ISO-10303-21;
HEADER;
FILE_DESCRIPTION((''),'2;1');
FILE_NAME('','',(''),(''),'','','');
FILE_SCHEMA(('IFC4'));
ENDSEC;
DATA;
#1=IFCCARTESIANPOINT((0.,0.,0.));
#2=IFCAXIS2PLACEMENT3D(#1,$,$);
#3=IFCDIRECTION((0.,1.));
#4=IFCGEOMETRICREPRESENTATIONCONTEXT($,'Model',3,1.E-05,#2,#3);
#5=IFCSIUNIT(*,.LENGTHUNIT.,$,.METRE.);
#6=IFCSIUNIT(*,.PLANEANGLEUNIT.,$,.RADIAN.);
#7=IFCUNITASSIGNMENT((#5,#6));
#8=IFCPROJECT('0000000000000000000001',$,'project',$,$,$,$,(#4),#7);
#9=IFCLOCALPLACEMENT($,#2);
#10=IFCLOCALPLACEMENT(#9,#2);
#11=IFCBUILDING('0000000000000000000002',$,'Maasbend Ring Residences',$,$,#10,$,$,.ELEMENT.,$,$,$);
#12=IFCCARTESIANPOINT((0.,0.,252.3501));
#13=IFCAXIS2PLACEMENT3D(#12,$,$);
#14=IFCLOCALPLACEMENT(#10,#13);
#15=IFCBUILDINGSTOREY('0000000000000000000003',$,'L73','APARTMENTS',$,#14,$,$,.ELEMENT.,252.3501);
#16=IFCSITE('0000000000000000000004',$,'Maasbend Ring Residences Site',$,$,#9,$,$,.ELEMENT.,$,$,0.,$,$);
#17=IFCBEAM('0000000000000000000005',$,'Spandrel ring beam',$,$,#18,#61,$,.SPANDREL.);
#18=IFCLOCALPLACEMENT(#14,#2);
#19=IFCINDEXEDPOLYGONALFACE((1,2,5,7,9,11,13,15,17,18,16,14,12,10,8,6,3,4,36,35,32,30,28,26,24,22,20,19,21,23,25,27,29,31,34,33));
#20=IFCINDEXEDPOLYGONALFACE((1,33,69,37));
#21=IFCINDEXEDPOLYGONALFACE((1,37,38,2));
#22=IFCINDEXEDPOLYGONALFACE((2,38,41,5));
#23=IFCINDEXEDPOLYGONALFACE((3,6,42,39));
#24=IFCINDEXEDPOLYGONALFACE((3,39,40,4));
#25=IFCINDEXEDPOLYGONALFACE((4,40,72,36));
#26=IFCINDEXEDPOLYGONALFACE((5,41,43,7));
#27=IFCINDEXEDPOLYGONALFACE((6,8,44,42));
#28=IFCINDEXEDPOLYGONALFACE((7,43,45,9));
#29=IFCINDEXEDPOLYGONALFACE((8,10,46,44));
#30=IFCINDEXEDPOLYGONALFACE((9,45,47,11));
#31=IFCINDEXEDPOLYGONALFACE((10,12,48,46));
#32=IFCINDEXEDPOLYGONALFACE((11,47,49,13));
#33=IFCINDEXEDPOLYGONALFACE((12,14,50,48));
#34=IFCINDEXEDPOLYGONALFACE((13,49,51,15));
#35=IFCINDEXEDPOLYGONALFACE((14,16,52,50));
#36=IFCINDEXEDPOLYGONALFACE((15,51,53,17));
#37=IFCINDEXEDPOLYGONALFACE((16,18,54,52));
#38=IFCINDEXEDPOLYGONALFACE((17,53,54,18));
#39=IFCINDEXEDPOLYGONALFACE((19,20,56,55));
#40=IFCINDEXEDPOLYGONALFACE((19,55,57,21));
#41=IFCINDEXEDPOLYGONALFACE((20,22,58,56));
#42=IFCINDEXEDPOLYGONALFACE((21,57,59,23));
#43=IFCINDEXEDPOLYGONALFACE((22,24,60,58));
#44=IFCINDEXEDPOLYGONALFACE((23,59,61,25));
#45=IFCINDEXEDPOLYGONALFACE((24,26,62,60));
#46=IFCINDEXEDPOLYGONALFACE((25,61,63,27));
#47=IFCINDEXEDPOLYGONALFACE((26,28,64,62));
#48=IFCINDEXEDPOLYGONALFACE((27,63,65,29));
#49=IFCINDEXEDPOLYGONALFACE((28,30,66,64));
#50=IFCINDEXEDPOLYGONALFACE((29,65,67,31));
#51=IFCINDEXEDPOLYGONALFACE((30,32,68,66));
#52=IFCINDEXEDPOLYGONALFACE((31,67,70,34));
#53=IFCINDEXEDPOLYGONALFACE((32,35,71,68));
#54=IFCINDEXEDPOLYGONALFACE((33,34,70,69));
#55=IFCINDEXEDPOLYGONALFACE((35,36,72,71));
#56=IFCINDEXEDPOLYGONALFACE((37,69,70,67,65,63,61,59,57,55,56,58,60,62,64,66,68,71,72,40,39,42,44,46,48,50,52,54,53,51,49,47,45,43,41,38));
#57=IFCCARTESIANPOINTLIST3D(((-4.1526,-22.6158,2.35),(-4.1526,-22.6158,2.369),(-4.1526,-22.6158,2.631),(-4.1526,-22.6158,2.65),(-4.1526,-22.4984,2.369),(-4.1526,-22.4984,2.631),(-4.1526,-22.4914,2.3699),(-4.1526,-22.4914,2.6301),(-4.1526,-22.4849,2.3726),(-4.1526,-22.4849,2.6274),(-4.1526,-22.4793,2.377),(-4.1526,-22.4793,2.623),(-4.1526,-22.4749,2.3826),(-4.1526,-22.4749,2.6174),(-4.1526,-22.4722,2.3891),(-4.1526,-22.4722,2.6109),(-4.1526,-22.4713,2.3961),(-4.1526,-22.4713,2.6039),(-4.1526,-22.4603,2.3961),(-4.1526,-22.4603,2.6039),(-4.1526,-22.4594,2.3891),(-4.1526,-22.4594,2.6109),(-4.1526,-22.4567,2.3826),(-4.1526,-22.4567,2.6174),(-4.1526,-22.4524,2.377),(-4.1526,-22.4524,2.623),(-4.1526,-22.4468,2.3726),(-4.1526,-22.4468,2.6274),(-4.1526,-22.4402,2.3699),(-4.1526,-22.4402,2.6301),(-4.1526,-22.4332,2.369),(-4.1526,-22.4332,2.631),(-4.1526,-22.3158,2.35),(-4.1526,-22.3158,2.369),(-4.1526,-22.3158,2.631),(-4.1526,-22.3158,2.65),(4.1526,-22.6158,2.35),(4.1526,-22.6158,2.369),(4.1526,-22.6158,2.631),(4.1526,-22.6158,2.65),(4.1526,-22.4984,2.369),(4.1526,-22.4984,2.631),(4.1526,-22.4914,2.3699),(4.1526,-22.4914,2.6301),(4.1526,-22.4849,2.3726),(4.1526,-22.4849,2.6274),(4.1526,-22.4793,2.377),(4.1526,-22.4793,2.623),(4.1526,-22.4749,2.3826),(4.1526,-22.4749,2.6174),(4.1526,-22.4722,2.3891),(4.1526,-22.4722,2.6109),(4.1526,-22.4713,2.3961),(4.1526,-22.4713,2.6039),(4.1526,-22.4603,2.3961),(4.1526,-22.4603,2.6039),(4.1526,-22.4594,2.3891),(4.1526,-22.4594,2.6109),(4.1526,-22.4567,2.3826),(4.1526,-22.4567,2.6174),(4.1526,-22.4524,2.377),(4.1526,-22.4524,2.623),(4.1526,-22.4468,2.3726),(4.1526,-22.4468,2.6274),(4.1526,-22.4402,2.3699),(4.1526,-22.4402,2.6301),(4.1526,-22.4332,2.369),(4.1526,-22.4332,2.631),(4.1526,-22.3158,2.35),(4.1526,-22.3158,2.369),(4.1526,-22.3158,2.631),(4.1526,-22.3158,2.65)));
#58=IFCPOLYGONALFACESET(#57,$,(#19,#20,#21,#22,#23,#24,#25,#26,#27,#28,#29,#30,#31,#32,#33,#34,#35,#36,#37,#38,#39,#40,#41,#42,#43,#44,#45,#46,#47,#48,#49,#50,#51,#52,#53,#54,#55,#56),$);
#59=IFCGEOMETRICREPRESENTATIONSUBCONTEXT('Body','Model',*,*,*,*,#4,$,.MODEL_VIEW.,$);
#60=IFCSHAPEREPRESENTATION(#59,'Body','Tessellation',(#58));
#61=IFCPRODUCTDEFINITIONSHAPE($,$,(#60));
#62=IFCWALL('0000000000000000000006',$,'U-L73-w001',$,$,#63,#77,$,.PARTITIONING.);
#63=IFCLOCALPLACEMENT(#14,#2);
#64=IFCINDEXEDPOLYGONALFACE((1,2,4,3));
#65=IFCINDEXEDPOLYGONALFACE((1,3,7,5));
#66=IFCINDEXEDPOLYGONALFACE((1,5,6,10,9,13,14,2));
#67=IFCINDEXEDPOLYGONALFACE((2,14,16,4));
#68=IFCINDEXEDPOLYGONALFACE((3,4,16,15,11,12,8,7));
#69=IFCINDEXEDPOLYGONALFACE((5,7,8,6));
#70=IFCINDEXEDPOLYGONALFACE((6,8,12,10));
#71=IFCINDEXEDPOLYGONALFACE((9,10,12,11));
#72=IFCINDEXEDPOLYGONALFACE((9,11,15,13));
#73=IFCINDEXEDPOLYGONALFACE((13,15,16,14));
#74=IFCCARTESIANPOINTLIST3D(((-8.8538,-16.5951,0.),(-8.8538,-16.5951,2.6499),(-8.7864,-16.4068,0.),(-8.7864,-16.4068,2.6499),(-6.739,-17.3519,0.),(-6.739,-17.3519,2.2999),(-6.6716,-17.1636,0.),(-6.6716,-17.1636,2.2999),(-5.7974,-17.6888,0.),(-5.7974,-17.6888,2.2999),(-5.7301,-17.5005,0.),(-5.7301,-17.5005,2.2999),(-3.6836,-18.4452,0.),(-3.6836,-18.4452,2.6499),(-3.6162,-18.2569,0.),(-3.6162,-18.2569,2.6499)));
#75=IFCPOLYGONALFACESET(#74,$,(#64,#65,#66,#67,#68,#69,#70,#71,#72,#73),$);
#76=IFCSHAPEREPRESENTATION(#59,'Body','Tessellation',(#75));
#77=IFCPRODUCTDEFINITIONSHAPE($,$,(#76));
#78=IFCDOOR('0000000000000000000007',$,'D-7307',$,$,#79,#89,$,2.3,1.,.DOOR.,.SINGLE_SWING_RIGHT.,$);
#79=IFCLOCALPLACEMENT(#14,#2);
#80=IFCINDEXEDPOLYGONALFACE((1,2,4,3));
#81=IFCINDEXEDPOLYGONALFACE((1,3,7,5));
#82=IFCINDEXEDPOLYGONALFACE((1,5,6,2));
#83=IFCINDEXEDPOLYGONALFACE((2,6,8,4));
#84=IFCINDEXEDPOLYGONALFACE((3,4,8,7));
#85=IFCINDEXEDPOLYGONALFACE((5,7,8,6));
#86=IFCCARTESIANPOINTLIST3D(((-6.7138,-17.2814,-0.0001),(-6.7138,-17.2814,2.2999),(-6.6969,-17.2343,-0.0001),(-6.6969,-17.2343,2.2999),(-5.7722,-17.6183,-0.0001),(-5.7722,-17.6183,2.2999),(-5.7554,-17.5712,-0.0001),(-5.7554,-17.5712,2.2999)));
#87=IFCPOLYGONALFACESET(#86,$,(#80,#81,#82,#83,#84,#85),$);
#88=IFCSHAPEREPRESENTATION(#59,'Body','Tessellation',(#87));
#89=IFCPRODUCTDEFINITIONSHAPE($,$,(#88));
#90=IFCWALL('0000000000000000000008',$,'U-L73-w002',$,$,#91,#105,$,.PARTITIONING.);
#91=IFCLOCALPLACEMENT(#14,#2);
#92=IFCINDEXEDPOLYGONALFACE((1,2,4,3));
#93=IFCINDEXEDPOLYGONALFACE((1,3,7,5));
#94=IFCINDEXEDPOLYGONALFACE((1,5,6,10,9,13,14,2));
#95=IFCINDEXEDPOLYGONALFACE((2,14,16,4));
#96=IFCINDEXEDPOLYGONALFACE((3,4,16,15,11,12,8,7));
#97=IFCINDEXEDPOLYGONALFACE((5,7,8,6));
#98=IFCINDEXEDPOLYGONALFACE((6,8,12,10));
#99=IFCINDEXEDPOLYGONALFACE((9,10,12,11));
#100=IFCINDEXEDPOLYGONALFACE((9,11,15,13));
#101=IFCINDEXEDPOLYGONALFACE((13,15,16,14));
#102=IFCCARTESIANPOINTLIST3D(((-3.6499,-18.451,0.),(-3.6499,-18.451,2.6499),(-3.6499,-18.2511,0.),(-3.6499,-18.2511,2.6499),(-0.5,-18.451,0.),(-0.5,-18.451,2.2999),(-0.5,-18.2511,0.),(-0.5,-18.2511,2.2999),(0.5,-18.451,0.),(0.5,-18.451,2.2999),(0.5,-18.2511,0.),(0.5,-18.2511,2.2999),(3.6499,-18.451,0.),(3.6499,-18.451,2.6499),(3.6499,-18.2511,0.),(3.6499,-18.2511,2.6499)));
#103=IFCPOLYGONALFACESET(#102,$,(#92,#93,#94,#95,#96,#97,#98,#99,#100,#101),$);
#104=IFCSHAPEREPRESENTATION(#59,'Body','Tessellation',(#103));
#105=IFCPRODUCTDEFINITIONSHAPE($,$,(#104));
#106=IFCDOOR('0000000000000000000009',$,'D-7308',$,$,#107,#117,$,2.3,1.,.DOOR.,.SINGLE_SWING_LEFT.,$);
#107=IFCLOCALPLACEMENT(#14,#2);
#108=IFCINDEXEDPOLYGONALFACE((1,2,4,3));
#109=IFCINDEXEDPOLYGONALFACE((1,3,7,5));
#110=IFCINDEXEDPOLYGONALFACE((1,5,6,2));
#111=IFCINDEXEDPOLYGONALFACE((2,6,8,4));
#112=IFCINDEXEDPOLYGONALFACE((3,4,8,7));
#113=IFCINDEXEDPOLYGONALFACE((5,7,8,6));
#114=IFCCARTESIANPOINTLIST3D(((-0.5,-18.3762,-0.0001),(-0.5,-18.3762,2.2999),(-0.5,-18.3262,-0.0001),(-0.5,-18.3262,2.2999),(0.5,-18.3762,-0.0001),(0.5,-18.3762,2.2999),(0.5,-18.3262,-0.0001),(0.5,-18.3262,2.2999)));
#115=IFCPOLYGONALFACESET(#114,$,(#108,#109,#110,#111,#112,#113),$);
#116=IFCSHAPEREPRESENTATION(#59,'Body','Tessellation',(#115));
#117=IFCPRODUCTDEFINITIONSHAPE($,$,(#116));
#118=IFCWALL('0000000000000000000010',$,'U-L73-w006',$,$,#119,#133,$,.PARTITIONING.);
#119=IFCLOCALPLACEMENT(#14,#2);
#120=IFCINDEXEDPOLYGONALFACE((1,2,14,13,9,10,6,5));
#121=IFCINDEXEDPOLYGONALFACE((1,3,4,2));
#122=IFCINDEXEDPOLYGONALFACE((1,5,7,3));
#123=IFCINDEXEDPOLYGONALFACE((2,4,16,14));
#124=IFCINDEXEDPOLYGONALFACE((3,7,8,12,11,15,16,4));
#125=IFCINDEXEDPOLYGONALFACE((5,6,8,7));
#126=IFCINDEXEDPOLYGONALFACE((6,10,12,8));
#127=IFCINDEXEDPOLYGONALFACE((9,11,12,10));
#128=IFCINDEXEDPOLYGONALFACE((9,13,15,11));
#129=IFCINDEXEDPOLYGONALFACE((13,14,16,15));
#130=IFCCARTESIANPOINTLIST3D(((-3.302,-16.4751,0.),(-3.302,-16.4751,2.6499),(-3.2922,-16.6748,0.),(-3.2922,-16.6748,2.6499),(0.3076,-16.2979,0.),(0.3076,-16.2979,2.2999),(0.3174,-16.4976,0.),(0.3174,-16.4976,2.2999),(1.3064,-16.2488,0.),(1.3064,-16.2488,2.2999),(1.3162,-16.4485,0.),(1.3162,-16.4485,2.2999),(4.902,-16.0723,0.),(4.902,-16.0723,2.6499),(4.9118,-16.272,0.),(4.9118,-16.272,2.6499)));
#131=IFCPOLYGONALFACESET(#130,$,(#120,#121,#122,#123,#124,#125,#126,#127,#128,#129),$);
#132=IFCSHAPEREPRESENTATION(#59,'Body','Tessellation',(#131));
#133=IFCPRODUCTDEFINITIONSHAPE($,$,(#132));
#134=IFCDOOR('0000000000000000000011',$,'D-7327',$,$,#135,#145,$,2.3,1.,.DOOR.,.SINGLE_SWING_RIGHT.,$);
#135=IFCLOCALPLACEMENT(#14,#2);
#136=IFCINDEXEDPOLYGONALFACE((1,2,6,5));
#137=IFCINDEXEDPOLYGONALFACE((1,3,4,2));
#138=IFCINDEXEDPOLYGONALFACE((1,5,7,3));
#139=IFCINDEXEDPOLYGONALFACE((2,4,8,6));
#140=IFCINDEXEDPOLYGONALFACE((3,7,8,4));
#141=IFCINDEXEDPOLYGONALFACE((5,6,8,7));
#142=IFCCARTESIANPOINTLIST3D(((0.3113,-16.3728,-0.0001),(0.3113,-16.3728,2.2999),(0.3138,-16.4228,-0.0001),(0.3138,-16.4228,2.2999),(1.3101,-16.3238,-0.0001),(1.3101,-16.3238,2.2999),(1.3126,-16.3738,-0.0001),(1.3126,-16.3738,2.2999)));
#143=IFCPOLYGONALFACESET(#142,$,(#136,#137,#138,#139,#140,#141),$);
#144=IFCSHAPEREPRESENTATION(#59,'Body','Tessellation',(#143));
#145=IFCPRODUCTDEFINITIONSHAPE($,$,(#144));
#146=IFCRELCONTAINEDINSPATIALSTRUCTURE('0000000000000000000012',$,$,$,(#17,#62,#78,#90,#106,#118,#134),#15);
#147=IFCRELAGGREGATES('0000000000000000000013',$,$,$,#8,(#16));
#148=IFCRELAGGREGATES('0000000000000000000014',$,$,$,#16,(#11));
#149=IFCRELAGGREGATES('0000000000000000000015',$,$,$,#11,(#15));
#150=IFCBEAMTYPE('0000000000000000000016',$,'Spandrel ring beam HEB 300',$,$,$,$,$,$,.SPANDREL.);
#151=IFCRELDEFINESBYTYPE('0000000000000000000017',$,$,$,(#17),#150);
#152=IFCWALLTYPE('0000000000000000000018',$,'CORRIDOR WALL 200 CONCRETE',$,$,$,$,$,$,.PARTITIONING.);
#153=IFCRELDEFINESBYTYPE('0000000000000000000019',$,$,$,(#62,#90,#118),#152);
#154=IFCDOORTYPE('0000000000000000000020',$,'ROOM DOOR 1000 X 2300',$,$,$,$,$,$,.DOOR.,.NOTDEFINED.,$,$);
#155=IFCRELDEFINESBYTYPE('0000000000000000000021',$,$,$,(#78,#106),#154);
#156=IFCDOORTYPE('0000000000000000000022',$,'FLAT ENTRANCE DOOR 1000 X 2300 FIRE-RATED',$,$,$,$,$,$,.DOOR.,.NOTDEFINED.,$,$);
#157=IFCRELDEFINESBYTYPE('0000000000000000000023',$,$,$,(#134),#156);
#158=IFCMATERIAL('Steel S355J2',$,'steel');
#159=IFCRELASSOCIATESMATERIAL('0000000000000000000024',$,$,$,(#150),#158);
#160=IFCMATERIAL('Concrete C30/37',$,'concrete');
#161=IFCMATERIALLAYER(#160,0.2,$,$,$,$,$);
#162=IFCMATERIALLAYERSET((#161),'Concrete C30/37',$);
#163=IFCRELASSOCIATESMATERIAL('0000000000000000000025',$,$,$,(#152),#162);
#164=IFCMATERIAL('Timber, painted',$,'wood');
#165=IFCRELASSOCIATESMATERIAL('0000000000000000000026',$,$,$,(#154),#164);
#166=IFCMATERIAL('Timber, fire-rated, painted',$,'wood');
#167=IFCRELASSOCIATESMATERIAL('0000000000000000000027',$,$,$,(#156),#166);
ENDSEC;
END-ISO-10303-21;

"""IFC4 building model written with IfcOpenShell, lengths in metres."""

from ifc_helpers import new_model, si_unit, direction, frame, frame_2d, origin, origin_2d, place, context, subcontext, project, spatial, rectangle, i_section, extrude, material, layer, layer_set, material_profile, profile_set, type_object, element, fill, save


model = new_model("IFC4")

# Units and contexts
model_context = context("Model", 3, precision=1e-05, world=origin(), true_north=direction((0.0, 1.0)))
body_context = subcontext(model_context, "Body", "Model", "MODEL_VIEW")
ifc_project = project(units=[si_unit("LENGTHUNIT", "METRE"), si_unit("PLANEANGLEUNIT", "RADIAN")], contexts=[model_context])

# Site, building, storey
site_placement = place(None, origin())
site = spatial("IfcSite", under=ifc_project, at=site_placement, Name="Maasbend Ring Residences Site", CompositionType="ELEMENT", RefElevation=0.0)
building_placement = place(site_placement, origin())
building = spatial("IfcBuilding", under=site, at=building_placement, Name="Maasbend Ring Residences", CompositionType="ELEMENT")
storey_placement = place(building_placement, frame((0.0, 0.0, 252.3501)))
storey = spatial("IfcBuildingStorey", under=building, at=storey_placement, Name="L73", Description="APARTMENTS", CompositionType="ELEMENT", Elevation=252.3501)

# Beam
ifc_material_1 = material(Name="Steel S355J2", Category="steel")
ifc_material_profile_1 = material_profile(ifc_material_1, i_section(OverallWidth=0.3, OverallDepth=0.3, WebThickness=0.011, FlangeThickness=0.019, FilletRadius=0.0271, at=origin_2d()), Name="HEB 300")
ifc_profile_set_1 = profile_set([ifc_material_profile_1], Name="Steel S355J2")
beam_type_1 = type_object("IfcBeamType", Name="Spandrel ring beam HEB 300", PredefinedType="SPANDREL", material=ifc_profile_set_1)
beam_1_placement = place(storey_placement, frame((-4.1526, -22.4658, 2.5), z_axis=(1.0, 0.0, 0.0), x_axis=(0.0, 1.0, 0.0)))
element("IfcBeam", 1, at=beam_1_placement, inside=storey, type_object=beam_type_1, Name="Spandrel ring beam", PredefinedType="SPANDREL", context=body_context, shape_type="SweptSolid", body=[
    extrude(i_section(OverallWidth=0.3, OverallDepth=0.3, WebThickness=0.011, FlangeThickness=0.019, FilletRadius=0.0271, at=origin_2d()), origin(), (0.0, 0.0, 1.0), 8.3052),
])

# Walls, openings, doors
ifc_material_2 = material(Name="Concrete C30/37", Category="concrete")
ifc_layer_1 = layer(ifc_material_2, 0.2)
ifc_layer_set_1 = layer_set([ifc_layer_1], Name="Concrete C30/37")
wall_type_1 = type_object("IfcWallType", Name="CORRIDOR WALL 200 CONCRETE", PredefinedType="PARTITIONING", material=ifc_layer_set_1)
wall_1_placement = place(storey_placement, frame((-8.8201, -16.501, 0.0), z_axis=(0.0, 0.0, 1.0), x_axis=(0.941534, -0.336919, 0.0)))
wall_1 = element("IfcWall", 2, at=wall_1_placement, inside=storey, type_object=wall_type_1, Name="U-L73-w001", PredefinedType="PARTITIONING", context=body_context, shape_type="SweptSolid", body=[
    extrude(rectangle(XDim=5.4912, YDim=0.2, at=frame_2d((2.7456, 0.0))), origin(), (0.0, 0.0, 1.0), 2.6499),
])
opening_1_placement = place(wall_1_placement, frame((2.2461, 0.0, 0.0)))
opening_1 = element("IfcOpeningElement", 3, at=opening_1_placement, cuts=wall_1, PredefinedType="OPENING", context=body_context, shape_type="SweptSolid", body=[
    extrude(rectangle(XDim=1.0, YDim=2.3, at=frame_2d((0.5, 1.1499))), frame((0.0, 0.1099, 0.0), z_axis=(0.0, -1.0, 0.0), x_axis=(1.0, 0.0, 0.0)), (0.0, 0.0, 1.0), 0.22),
])
ifc_material_3 = material(Name="Timber, painted", Category="wood")
door_type_1 = type_object("IfcDoorType", Name="ROOM DOOR 1000 X 2300", OperationType="NOTDEFINED", PredefinedType="DOOR", material=ifc_material_3)
door_1_placement = place(opening_1_placement, origin())
door_1 = element("IfcDoor", 4, at=door_1_placement, inside=storey, type_object=door_type_1, Name="D-7307", OperationType="SINGLE_SWING_RIGHT", OverallHeight=2.3, OverallWidth=1.0, PredefinedType="DOOR", context=body_context, shape_type="SweptSolid", body=[
    extrude(rectangle(XDim=1.0, YDim=2.3, at=frame_2d((0.5, 1.1499))), frame((0.0, 0.0249, 0.0), z_axis=(0.0, -1.0, 0.0), x_axis=(1.0, 0.0, 0.0)), (0.0, 0.0, 1.0), 0.05),
])
fill(opening_1, door_1)
wall_2_placement = place(storey_placement, frame((-3.6499, -18.3511, 0.0), z_axis=(0.0, 0.0, 1.0), x_axis=(1.0, 0.0, 0.0)))
wall_2 = element("IfcWall", 5, at=wall_2_placement, inside=storey, type_object=wall_type_1, Name="U-L73-w002", PredefinedType="PARTITIONING", context=body_context, shape_type="SweptSolid", body=[
    extrude(rectangle(XDim=7.2998, YDim=0.2, at=frame_2d((3.6499, 0.0))), origin(), (0.0, 0.0, 1.0), 2.6499),
])
opening_2_placement = place(wall_2_placement, frame((3.1499, 0.0, 0.0)))
opening_2 = element("IfcOpeningElement", 6, at=opening_2_placement, cuts=wall_2, PredefinedType="OPENING", context=body_context, shape_type="SweptSolid", body=[
    extrude(rectangle(XDim=1.0, YDim=2.3, at=frame_2d((0.5, 1.1499))), frame((0.0, 0.1099, 0.0), z_axis=(0.0, -1.0, 0.0), x_axis=(1.0, 0.0, 0.0)), (0.0, 0.0, 1.0), 0.22),
])
door_2_placement = place(opening_2_placement, origin())
door_2 = element("IfcDoor", 7, at=door_2_placement, inside=storey, type_object=door_type_1, Name="D-7308", OperationType="SINGLE_SWING_LEFT", OverallHeight=2.3, OverallWidth=1.0, PredefinedType="DOOR", context=body_context, shape_type="SweptSolid", body=[
    extrude(rectangle(XDim=1.0, YDim=2.3, at=frame_2d((0.5, 1.1499))), frame((0.0, 0.0249, 0.0), z_axis=(0.0, -1.0, 0.0), x_axis=(1.0, 0.0, 0.0)), (0.0, 0.0, 1.0), 0.05),
])
fill(opening_2, door_2)
wall_3_placement = place(storey_placement, frame((-3.2971, -16.575, 0.0), z_axis=(0.0, 0.0, 1.0), x_axis=(0.998797, 0.049042, 0.0)))
wall_3 = element("IfcWall", 8, at=wall_3_placement, inside=storey, type_object=wall_type_1, Name="U-L73-w006", PredefinedType="PARTITIONING", context=body_context, shape_type="SweptSolid", body=[
    extrude(rectangle(XDim=8.2139, YDim=0.2, at=frame_2d((4.1069, 0.0))), origin(), (0.0, 0.0, 1.0), 2.6499),
])
opening_3_placement = place(wall_3_placement, frame((3.614, 0.0, 0.0)))
opening_3 = element("IfcOpeningElement", 9, at=opening_3_placement, cuts=wall_3, PredefinedType="OPENING", context=body_context, shape_type="SweptSolid", body=[
    extrude(rectangle(XDim=1.0, YDim=2.3, at=frame_2d((0.5, 1.1499))), frame((0.0, 0.1099, 0.0), z_axis=(0.0, -1.0, 0.0), x_axis=(1.0, 0.0, 0.0)), (0.0, 0.0, 1.0), 0.22),
])
ifc_material_4 = material(Name="Timber, fire-rated, painted", Category="wood")
door_type_2 = type_object("IfcDoorType", Name="FLAT ENTRANCE DOOR 1000 X 2300 FIRE-RATED", OperationType="NOTDEFINED", PredefinedType="DOOR", material=ifc_material_4)
door_3_placement = place(opening_3_placement, origin())
door_3 = element("IfcDoor", 10, at=door_3_placement, inside=storey, type_object=door_type_2, Name="D-7327", OperationType="SINGLE_SWING_RIGHT", OverallHeight=2.3, OverallWidth=1.0, PredefinedType="DOOR", context=body_context, shape_type="SweptSolid", body=[
    extrude(rectangle(XDim=1.0, YDim=2.3, at=frame_2d((0.5, 1.1499))), frame((0.0, 0.0249, 0.0), z_axis=(0.0, -1.0, 0.0), x_axis=(1.0, 0.0, 0.0)), (0.0, 0.0, 1.0), 0.05),
])
fill(opening_3, door_3)

save(model, "model.ifc")
